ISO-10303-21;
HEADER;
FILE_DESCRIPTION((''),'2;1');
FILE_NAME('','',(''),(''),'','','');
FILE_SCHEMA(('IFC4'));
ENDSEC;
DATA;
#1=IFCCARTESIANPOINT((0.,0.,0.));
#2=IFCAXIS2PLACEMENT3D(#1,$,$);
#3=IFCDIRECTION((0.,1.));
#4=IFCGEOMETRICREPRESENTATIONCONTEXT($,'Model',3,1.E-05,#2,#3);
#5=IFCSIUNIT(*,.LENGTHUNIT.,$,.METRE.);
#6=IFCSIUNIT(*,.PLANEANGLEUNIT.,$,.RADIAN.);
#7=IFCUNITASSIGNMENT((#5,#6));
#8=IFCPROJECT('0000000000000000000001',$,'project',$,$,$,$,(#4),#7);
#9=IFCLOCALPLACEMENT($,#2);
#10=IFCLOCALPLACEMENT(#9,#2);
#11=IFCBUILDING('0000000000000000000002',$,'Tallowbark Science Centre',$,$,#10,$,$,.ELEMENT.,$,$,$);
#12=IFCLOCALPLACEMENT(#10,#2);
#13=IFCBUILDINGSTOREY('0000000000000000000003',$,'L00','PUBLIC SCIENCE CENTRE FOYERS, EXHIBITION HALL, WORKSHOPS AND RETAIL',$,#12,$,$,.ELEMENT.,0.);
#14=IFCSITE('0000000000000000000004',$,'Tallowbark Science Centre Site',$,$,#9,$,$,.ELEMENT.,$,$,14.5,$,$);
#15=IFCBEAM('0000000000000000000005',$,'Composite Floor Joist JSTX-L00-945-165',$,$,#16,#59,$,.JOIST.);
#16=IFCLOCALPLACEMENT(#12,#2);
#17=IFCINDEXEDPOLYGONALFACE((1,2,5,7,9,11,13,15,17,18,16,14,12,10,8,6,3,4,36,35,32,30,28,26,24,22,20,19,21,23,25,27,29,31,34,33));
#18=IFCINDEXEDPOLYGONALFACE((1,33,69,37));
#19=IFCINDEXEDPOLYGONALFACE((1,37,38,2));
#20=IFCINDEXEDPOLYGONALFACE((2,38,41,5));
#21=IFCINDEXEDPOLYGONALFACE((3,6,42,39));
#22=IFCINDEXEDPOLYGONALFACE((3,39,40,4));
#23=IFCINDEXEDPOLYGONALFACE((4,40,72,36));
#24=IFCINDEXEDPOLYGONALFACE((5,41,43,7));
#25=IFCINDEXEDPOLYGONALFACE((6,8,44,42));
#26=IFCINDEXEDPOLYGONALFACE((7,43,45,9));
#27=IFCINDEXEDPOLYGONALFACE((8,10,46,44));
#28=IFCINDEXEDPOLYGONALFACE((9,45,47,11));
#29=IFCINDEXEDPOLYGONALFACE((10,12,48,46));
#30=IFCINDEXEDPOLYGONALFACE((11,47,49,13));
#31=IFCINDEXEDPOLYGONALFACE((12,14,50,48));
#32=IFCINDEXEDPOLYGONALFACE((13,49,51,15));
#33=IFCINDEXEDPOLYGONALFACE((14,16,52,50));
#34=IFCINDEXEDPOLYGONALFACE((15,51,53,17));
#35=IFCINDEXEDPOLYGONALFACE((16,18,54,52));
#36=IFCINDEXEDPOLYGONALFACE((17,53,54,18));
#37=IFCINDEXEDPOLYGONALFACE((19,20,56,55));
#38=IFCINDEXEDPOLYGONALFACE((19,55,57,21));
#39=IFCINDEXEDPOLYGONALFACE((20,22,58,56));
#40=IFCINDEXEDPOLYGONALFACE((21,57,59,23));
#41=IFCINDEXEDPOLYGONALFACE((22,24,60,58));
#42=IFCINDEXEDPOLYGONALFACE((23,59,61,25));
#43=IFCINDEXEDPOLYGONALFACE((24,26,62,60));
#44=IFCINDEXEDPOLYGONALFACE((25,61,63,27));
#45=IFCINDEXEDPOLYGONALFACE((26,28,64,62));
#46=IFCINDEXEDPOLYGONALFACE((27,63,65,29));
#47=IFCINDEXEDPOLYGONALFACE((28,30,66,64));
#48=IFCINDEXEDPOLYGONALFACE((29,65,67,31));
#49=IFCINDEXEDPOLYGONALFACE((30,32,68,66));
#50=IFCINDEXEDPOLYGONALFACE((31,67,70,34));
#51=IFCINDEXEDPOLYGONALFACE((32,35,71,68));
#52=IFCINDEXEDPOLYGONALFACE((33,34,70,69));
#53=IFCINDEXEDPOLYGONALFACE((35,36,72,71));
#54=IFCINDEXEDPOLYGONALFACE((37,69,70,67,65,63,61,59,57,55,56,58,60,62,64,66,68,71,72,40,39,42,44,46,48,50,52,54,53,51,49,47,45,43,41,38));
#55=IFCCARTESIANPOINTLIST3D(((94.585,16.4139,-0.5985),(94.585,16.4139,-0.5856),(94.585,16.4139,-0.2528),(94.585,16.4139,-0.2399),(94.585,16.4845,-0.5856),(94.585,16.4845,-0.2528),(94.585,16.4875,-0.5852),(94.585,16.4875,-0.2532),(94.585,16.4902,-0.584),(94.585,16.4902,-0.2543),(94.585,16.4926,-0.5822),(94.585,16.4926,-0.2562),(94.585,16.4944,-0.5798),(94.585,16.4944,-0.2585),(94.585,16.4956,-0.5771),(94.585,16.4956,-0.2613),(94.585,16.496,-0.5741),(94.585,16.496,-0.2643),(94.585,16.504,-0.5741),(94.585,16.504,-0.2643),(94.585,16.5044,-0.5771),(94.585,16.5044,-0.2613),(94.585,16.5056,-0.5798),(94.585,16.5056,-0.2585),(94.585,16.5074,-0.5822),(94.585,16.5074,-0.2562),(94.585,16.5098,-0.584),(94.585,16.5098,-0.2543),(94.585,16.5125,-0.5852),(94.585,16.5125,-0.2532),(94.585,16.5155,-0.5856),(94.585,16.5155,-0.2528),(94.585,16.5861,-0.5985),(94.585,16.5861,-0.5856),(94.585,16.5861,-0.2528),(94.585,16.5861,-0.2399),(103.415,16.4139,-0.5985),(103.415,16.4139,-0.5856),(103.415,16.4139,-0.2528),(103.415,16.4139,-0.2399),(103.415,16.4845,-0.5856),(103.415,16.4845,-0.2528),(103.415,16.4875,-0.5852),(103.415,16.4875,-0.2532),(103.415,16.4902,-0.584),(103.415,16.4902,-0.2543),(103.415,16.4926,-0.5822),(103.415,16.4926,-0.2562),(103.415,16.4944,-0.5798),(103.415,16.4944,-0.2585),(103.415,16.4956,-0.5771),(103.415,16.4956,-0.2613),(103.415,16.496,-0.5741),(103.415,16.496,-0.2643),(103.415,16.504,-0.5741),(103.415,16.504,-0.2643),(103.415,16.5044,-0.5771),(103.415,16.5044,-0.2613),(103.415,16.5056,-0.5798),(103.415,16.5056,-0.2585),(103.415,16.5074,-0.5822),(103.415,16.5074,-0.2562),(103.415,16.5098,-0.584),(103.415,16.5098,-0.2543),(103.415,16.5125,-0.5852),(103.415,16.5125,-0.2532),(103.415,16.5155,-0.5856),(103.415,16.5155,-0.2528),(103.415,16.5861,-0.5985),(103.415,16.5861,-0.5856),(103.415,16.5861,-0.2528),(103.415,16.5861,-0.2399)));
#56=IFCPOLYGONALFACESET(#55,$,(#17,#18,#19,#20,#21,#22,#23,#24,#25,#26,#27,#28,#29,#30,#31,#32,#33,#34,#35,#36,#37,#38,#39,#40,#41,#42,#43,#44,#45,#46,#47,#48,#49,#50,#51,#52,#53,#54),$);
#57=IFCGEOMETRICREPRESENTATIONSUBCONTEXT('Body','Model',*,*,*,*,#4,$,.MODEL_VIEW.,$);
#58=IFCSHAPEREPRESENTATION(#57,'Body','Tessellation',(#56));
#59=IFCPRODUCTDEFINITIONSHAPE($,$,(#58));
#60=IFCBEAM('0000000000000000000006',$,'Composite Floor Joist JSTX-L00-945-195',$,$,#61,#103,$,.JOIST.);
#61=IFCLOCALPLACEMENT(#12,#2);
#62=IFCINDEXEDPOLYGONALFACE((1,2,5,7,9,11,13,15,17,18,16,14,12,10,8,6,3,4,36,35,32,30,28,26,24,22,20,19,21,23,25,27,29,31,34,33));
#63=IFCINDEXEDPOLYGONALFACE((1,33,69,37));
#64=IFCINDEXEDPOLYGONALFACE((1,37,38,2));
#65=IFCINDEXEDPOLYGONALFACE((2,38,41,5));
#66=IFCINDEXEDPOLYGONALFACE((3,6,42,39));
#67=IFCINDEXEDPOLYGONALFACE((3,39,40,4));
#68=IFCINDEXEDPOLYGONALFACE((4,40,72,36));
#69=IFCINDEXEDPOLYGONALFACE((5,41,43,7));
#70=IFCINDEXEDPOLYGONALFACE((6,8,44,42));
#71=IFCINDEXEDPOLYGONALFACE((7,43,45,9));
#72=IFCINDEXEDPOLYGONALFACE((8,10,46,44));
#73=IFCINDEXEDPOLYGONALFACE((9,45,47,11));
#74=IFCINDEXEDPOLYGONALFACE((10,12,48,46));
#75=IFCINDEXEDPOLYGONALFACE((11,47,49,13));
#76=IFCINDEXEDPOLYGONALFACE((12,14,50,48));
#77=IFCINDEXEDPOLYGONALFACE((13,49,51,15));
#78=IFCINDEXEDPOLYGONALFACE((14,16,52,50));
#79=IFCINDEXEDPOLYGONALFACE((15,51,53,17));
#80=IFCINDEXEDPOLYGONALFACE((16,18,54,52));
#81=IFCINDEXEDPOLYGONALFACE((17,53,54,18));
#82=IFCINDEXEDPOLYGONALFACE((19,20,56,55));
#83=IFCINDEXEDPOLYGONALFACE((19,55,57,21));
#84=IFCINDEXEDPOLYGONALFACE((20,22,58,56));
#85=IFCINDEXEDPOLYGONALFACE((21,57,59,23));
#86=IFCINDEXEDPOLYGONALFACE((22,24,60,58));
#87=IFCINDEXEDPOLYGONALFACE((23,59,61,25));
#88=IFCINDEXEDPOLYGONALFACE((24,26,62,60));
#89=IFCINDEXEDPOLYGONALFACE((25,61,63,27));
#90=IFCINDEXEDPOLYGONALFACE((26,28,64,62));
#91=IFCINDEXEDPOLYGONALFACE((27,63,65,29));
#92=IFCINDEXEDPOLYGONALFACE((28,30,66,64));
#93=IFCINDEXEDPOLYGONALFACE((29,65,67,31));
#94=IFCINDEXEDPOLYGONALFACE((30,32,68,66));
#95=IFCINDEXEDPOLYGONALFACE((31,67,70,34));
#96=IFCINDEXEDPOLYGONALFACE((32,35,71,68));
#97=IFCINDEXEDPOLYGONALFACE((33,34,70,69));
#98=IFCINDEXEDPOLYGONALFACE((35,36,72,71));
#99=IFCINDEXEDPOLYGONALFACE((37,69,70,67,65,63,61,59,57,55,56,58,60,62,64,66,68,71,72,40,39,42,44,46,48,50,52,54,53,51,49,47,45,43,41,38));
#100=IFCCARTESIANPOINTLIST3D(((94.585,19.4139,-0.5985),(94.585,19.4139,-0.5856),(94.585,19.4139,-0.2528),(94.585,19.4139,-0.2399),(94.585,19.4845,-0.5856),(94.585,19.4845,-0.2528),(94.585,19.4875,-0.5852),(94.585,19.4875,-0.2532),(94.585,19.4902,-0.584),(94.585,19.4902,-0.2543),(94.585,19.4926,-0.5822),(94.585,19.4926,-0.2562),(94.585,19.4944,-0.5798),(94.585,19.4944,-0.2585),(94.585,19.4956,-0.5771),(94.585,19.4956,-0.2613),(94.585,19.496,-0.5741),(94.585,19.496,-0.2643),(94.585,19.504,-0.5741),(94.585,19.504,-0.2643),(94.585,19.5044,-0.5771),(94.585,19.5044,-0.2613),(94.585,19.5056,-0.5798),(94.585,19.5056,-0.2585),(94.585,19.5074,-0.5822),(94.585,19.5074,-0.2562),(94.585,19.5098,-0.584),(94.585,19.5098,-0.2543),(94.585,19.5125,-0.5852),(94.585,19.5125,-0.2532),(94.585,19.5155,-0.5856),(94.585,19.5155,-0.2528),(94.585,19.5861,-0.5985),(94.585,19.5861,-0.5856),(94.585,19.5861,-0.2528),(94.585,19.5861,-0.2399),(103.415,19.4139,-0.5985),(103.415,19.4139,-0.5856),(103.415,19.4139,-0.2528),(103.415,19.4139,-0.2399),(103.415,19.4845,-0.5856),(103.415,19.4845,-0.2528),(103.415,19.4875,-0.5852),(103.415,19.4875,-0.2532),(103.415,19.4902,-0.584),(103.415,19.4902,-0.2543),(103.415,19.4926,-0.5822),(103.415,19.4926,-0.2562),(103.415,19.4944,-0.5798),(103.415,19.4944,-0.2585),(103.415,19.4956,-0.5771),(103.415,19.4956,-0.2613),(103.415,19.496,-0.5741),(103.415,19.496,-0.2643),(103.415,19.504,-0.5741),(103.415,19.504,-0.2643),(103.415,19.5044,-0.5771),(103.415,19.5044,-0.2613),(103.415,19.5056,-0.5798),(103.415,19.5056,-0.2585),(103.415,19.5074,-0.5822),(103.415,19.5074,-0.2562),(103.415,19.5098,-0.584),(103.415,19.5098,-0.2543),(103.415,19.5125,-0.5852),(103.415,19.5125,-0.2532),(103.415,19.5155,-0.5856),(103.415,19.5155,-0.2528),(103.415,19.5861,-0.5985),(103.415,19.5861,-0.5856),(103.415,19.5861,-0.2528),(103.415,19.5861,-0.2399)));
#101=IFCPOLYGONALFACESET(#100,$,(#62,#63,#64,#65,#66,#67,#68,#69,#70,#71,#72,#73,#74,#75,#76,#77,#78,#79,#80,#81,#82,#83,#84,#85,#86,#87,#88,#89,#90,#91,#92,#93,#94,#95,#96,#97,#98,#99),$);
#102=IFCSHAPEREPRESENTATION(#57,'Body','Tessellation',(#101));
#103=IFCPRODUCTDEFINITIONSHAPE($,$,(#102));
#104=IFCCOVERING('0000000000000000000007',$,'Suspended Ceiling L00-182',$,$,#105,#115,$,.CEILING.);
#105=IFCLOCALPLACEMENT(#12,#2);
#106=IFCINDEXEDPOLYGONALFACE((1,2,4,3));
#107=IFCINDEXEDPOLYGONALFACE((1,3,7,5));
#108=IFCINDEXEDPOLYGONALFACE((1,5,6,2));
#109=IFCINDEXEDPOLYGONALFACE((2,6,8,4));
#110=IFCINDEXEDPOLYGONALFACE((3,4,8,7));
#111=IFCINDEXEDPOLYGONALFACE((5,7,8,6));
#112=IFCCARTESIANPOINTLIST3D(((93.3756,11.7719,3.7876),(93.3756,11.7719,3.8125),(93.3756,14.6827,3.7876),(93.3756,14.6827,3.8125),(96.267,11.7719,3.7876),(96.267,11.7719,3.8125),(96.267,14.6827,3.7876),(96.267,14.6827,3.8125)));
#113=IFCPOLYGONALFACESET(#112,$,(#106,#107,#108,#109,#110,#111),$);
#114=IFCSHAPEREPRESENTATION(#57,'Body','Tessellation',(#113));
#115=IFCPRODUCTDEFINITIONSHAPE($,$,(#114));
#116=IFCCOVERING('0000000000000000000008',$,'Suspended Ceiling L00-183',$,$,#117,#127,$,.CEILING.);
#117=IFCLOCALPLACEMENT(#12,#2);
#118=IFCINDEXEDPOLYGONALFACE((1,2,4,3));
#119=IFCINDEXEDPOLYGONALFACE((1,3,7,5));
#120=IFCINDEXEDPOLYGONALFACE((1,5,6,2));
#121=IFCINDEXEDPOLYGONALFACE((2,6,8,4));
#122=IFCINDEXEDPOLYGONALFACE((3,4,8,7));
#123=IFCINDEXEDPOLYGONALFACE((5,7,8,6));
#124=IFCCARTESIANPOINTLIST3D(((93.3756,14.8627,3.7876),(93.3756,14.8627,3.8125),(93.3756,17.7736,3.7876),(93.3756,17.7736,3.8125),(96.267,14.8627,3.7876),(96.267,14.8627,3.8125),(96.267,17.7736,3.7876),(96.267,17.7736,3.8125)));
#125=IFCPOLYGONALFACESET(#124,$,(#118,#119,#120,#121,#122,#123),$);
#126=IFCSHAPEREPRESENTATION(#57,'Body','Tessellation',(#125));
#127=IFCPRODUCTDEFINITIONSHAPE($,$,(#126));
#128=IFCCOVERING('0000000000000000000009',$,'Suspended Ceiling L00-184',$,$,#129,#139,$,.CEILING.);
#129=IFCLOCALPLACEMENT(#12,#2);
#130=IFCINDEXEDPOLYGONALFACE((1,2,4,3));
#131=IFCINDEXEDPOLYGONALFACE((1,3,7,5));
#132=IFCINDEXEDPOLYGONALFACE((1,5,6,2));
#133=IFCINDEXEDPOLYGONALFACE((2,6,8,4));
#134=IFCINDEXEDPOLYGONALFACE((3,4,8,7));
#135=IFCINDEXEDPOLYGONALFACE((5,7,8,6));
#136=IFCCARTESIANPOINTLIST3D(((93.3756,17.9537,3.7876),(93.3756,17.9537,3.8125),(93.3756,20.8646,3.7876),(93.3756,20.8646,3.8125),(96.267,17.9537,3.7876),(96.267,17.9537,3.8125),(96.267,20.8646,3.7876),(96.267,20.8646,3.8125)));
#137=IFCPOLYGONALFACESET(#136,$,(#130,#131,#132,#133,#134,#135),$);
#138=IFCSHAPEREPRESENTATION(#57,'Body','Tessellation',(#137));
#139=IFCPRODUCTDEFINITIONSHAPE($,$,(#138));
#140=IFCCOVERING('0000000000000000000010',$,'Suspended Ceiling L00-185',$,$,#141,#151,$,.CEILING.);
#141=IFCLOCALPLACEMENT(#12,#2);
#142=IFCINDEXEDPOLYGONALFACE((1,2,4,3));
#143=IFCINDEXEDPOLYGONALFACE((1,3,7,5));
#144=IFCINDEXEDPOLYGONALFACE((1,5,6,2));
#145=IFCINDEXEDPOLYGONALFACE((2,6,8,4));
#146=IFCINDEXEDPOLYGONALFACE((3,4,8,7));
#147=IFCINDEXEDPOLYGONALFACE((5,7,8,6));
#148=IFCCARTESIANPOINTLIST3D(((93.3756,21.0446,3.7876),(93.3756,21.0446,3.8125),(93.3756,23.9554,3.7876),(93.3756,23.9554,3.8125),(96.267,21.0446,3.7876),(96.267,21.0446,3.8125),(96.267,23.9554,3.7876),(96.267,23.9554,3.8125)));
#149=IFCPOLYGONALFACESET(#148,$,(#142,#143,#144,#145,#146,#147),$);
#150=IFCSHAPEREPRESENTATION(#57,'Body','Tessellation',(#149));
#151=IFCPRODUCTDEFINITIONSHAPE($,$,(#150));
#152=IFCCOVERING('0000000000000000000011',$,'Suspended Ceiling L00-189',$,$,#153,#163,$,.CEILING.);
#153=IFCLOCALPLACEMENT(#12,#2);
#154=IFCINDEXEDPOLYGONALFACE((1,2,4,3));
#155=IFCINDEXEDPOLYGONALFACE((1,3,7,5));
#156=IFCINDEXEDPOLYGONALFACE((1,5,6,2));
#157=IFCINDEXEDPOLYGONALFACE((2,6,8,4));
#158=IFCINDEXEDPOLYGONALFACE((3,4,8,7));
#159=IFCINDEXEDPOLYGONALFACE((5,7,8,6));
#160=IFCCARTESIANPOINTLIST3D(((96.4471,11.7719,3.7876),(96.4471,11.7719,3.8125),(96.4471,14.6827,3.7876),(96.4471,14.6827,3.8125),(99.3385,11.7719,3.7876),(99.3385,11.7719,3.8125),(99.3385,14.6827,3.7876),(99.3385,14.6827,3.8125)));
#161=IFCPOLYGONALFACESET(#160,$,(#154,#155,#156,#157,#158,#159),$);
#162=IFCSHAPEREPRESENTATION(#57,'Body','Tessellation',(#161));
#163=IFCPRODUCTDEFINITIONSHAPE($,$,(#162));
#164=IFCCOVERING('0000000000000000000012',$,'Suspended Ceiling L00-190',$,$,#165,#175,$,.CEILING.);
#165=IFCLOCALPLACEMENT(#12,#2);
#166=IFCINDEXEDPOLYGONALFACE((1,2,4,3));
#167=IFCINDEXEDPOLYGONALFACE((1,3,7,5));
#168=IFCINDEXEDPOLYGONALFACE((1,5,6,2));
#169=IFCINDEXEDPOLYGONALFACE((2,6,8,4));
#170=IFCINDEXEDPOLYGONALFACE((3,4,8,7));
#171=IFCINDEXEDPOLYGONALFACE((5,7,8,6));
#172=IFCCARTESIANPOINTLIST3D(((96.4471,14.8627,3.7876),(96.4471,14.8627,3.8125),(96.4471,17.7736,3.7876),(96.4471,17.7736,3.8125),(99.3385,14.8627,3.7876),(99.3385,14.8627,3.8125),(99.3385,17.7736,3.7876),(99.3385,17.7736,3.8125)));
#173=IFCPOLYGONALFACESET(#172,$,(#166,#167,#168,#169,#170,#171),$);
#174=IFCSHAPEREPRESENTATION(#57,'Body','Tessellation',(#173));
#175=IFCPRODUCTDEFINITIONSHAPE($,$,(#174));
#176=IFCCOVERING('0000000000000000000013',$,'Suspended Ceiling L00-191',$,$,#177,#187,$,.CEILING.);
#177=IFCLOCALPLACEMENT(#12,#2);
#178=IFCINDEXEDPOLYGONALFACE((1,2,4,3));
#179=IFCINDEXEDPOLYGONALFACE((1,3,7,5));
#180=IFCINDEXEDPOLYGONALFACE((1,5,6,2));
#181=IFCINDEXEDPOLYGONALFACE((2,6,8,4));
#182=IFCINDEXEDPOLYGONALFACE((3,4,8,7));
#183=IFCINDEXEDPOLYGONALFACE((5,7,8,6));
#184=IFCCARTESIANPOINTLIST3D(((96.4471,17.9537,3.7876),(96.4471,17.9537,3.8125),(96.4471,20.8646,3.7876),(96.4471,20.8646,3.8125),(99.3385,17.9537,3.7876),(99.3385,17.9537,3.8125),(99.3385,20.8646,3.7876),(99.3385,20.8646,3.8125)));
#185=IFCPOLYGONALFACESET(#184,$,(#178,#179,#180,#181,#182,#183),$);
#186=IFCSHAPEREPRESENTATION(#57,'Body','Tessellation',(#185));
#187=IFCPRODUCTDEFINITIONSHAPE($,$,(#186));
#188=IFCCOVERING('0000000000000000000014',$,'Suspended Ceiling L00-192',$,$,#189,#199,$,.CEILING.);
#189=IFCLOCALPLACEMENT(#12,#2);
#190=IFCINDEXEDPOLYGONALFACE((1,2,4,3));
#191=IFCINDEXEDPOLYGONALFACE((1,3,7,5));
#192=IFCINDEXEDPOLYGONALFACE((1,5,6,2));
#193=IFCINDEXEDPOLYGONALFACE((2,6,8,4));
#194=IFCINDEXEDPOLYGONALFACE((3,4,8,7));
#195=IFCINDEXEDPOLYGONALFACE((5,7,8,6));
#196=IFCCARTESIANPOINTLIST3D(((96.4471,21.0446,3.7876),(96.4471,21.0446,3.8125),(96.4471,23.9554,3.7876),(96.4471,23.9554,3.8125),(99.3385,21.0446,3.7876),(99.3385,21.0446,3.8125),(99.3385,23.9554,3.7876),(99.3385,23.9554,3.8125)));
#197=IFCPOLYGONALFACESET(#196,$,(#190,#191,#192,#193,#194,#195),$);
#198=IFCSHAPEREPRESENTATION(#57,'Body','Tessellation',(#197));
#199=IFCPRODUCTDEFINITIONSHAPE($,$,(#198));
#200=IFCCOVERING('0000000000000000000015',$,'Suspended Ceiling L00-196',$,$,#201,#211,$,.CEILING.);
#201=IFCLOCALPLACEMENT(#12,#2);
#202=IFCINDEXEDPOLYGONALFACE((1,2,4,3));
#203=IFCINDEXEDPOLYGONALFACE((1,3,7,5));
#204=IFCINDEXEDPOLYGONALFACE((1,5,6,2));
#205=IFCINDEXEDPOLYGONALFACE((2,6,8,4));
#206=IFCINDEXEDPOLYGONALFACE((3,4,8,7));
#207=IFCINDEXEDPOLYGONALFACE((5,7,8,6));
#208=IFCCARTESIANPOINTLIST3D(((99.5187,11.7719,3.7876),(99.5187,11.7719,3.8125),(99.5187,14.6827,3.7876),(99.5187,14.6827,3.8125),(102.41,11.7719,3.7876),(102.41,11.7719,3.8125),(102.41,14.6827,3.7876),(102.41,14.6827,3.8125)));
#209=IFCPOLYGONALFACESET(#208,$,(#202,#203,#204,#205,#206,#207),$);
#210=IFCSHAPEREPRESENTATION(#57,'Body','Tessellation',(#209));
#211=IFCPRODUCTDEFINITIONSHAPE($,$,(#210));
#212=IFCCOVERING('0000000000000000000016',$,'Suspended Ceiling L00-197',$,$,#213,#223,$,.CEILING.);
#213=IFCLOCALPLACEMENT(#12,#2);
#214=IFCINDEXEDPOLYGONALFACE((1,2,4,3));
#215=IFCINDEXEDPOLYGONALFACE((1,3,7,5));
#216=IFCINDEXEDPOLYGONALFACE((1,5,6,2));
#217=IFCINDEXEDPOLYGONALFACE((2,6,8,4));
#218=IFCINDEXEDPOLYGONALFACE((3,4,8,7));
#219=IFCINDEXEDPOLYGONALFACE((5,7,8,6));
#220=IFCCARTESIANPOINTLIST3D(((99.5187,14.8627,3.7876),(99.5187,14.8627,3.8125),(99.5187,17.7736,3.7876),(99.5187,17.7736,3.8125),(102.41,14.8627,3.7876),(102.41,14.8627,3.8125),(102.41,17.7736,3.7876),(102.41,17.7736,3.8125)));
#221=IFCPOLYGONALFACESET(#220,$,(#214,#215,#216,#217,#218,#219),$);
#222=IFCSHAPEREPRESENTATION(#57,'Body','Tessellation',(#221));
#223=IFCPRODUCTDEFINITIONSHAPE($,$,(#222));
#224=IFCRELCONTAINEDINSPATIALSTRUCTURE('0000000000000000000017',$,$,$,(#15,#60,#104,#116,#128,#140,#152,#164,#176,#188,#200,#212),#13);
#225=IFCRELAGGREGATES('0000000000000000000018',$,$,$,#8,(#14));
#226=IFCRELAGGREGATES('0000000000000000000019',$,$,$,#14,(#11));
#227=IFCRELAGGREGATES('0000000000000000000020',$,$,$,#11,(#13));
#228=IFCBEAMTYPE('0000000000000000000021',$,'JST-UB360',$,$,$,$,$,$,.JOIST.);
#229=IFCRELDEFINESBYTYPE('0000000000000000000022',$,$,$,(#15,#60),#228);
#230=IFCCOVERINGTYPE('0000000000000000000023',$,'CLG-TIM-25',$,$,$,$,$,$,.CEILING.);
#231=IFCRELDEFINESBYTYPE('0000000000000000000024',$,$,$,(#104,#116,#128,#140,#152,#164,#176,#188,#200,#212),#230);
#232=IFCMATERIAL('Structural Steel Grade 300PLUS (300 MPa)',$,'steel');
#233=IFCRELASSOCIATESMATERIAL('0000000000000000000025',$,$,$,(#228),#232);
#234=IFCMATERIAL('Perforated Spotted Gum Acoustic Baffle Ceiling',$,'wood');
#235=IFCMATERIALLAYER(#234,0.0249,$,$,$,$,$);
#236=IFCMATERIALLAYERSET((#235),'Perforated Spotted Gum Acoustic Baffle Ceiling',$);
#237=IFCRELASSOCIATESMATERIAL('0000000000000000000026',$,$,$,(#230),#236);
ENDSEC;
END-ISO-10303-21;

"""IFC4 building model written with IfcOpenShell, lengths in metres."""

from ifc_helpers import new_model, si_unit, direction, frame, origin, origin_2d, place, context, subcontext, project, spatial, rectangle, i_section, extrude, material, layer, layer_set, material_profile, profile_set, type_object, element, save


model = new_model("IFC4")

# Units and contexts
model_context = context("Model", 3, precision=1e-05, world=origin(), true_north=direction((0.0, 1.0)))
body_context = subcontext(model_context, "Body", "Model", "MODEL_VIEW")
ifc_project = project(units=[si_unit("LENGTHUNIT", "METRE"), si_unit("PLANEANGLEUNIT", "RADIAN")], contexts=[model_context])

# Site, building, storey
site_placement = place(None, origin())
site = spatial("IfcSite", under=ifc_project, at=site_placement, Name="Tallowbark Science Centre Site", CompositionType="ELEMENT", RefElevation=14.5)
building_placement = place(site_placement, origin())
building = spatial("IfcBuilding", under=site, at=building_placement, Name="Tallowbark Science Centre", CompositionType="ELEMENT")
storey_placement = place(building_placement, origin())
storey = spatial("IfcBuildingStorey", under=building, at=storey_placement, Name="L00", Description="PUBLIC SCIENCE CENTRE FOYERS, EXHIBITION HALL, WORKSHOPS AND RETAIL", CompositionType="ELEMENT", Elevation=0.0)

# Beams
ifc_material_1 = material(Name="Structural Steel Grade 300PLUS (300 MPa)", Category="steel")
ifc_material_profile = material_profile(ifc_material_1, i_section(OverallWidth=0.1721, OverallDepth=0.3586, WebThickness=0.0081, FlangeThickness=0.0129, FilletRadius=0.0115, at=origin_2d()), Name="360UB56.7")
ifc_profile_set = profile_set([ifc_material_profile], Name="Structural Steel Grade 300PLUS (300 MPa)")
beam_type = type_object("IfcBeamType", Name="JST-UB360", PredefinedType="JOIST", material=ifc_profile_set)
for number, where, z_axis, x_axis, name in (
    (1, (94.585, 16.5, -0.4192), (1.0, 0.0, 0.0), (0.0, 1.0, 0.0), "Composite Floor Joist JSTX-L00-945-165"),
    (2, (94.585, 19.5, -0.4192), (1.0, 0.0, 0.0), (0.0, 1.0, 0.0), "Composite Floor Joist JSTX-L00-945-195"),
):
    element("IfcBeam", number, at=place(storey_placement, frame(where, z_axis=z_axis, x_axis=x_axis)), inside=storey, type_object=beam_type, Name=name, PredefinedType="JOIST", context=body_context, shape_type="SweptSolid", body=[
        extrude(i_section(OverallWidth=0.1721, OverallDepth=0.3586, WebThickness=0.0081, FlangeThickness=0.0129, FilletRadius=0.0115, at=origin_2d()), origin(), (0.0, 0.0, 1.0), 8.8301),
    ])

# Coverings
ifc_material_2 = material(Name="Perforated Spotted Gum Acoustic Baffle Ceiling", Category="wood")
ifc_layer_1 = layer(ifc_material_2, 0.0249)
ifc_layer_set_1 = layer_set([ifc_layer_1], Name="Perforated Spotted Gum Acoustic Baffle Ceiling")
covering_type_1 = type_object("IfcCoveringType", Name="CLG-TIM-25", PredefinedType="CEILING", material=ifc_layer_set_1)
for number, where, z_axis, x_axis, name in (
    (3, (94.8213, 13.2273, 3.7876), (0.0, 0.0, 1.0), (1.0, 0.0, 0.0), "Suspended Ceiling L00-182"),
    (4, (94.8213, 16.3181, 3.7876), (0.0, 0.0, 1.0), (1.0, 0.0, 0.0), "Suspended Ceiling L00-183"),
    (5, (94.8213, 19.4092, 3.7876), (0.0, 0.0, 1.0), (1.0, 0.0, 0.0), "Suspended Ceiling L00-184"),
    (6, (94.8213, 22.5, 3.7876), (0.0, 0.0, 1.0), (1.0, 0.0, 0.0), "Suspended Ceiling L00-185"),
    (7, (97.8928, 13.2273, 3.7876), (0.0, 0.0, 1.0), (1.0, 0.0, 0.0), "Suspended Ceiling L00-189"),
    (8, (97.8928, 16.3181, 3.7876), (0.0, 0.0, 1.0), (1.0, 0.0, 0.0), "Suspended Ceiling L00-190"),
    (9, (97.8928, 19.4092, 3.7876), (0.0, 0.0, 1.0), (1.0, 0.0, 0.0), "Suspended Ceiling L00-191"),
    (10, (97.8928, 22.5, 3.7876), (0.0, 0.0, 1.0), (1.0, 0.0, 0.0), "Suspended Ceiling L00-192"),
    (11, (100.9644, 13.2273, 3.7876), (0.0, 0.0, 1.0), (1.0, 0.0, 0.0), "Suspended Ceiling L00-196"),
    (12, (100.9644, 16.3181, 3.7876), (0.0, 0.0, 1.0), (1.0, 0.0, 0.0), "Suspended Ceiling L00-197"),
):
    element("IfcCovering", number, at=place(storey_placement, frame(where, z_axis=z_axis, x_axis=x_axis)), inside=storey, type_object=covering_type_1, Name=name, PredefinedType="CEILING", context=body_context, shape_type="SweptSolid", body=[
        extrude(rectangle(XDim=2.8914, YDim=2.9109, at=origin_2d()), origin(), (0.0, 0.0, 1.0), 0.0249),
    ])

save(model, "model.ifc")
